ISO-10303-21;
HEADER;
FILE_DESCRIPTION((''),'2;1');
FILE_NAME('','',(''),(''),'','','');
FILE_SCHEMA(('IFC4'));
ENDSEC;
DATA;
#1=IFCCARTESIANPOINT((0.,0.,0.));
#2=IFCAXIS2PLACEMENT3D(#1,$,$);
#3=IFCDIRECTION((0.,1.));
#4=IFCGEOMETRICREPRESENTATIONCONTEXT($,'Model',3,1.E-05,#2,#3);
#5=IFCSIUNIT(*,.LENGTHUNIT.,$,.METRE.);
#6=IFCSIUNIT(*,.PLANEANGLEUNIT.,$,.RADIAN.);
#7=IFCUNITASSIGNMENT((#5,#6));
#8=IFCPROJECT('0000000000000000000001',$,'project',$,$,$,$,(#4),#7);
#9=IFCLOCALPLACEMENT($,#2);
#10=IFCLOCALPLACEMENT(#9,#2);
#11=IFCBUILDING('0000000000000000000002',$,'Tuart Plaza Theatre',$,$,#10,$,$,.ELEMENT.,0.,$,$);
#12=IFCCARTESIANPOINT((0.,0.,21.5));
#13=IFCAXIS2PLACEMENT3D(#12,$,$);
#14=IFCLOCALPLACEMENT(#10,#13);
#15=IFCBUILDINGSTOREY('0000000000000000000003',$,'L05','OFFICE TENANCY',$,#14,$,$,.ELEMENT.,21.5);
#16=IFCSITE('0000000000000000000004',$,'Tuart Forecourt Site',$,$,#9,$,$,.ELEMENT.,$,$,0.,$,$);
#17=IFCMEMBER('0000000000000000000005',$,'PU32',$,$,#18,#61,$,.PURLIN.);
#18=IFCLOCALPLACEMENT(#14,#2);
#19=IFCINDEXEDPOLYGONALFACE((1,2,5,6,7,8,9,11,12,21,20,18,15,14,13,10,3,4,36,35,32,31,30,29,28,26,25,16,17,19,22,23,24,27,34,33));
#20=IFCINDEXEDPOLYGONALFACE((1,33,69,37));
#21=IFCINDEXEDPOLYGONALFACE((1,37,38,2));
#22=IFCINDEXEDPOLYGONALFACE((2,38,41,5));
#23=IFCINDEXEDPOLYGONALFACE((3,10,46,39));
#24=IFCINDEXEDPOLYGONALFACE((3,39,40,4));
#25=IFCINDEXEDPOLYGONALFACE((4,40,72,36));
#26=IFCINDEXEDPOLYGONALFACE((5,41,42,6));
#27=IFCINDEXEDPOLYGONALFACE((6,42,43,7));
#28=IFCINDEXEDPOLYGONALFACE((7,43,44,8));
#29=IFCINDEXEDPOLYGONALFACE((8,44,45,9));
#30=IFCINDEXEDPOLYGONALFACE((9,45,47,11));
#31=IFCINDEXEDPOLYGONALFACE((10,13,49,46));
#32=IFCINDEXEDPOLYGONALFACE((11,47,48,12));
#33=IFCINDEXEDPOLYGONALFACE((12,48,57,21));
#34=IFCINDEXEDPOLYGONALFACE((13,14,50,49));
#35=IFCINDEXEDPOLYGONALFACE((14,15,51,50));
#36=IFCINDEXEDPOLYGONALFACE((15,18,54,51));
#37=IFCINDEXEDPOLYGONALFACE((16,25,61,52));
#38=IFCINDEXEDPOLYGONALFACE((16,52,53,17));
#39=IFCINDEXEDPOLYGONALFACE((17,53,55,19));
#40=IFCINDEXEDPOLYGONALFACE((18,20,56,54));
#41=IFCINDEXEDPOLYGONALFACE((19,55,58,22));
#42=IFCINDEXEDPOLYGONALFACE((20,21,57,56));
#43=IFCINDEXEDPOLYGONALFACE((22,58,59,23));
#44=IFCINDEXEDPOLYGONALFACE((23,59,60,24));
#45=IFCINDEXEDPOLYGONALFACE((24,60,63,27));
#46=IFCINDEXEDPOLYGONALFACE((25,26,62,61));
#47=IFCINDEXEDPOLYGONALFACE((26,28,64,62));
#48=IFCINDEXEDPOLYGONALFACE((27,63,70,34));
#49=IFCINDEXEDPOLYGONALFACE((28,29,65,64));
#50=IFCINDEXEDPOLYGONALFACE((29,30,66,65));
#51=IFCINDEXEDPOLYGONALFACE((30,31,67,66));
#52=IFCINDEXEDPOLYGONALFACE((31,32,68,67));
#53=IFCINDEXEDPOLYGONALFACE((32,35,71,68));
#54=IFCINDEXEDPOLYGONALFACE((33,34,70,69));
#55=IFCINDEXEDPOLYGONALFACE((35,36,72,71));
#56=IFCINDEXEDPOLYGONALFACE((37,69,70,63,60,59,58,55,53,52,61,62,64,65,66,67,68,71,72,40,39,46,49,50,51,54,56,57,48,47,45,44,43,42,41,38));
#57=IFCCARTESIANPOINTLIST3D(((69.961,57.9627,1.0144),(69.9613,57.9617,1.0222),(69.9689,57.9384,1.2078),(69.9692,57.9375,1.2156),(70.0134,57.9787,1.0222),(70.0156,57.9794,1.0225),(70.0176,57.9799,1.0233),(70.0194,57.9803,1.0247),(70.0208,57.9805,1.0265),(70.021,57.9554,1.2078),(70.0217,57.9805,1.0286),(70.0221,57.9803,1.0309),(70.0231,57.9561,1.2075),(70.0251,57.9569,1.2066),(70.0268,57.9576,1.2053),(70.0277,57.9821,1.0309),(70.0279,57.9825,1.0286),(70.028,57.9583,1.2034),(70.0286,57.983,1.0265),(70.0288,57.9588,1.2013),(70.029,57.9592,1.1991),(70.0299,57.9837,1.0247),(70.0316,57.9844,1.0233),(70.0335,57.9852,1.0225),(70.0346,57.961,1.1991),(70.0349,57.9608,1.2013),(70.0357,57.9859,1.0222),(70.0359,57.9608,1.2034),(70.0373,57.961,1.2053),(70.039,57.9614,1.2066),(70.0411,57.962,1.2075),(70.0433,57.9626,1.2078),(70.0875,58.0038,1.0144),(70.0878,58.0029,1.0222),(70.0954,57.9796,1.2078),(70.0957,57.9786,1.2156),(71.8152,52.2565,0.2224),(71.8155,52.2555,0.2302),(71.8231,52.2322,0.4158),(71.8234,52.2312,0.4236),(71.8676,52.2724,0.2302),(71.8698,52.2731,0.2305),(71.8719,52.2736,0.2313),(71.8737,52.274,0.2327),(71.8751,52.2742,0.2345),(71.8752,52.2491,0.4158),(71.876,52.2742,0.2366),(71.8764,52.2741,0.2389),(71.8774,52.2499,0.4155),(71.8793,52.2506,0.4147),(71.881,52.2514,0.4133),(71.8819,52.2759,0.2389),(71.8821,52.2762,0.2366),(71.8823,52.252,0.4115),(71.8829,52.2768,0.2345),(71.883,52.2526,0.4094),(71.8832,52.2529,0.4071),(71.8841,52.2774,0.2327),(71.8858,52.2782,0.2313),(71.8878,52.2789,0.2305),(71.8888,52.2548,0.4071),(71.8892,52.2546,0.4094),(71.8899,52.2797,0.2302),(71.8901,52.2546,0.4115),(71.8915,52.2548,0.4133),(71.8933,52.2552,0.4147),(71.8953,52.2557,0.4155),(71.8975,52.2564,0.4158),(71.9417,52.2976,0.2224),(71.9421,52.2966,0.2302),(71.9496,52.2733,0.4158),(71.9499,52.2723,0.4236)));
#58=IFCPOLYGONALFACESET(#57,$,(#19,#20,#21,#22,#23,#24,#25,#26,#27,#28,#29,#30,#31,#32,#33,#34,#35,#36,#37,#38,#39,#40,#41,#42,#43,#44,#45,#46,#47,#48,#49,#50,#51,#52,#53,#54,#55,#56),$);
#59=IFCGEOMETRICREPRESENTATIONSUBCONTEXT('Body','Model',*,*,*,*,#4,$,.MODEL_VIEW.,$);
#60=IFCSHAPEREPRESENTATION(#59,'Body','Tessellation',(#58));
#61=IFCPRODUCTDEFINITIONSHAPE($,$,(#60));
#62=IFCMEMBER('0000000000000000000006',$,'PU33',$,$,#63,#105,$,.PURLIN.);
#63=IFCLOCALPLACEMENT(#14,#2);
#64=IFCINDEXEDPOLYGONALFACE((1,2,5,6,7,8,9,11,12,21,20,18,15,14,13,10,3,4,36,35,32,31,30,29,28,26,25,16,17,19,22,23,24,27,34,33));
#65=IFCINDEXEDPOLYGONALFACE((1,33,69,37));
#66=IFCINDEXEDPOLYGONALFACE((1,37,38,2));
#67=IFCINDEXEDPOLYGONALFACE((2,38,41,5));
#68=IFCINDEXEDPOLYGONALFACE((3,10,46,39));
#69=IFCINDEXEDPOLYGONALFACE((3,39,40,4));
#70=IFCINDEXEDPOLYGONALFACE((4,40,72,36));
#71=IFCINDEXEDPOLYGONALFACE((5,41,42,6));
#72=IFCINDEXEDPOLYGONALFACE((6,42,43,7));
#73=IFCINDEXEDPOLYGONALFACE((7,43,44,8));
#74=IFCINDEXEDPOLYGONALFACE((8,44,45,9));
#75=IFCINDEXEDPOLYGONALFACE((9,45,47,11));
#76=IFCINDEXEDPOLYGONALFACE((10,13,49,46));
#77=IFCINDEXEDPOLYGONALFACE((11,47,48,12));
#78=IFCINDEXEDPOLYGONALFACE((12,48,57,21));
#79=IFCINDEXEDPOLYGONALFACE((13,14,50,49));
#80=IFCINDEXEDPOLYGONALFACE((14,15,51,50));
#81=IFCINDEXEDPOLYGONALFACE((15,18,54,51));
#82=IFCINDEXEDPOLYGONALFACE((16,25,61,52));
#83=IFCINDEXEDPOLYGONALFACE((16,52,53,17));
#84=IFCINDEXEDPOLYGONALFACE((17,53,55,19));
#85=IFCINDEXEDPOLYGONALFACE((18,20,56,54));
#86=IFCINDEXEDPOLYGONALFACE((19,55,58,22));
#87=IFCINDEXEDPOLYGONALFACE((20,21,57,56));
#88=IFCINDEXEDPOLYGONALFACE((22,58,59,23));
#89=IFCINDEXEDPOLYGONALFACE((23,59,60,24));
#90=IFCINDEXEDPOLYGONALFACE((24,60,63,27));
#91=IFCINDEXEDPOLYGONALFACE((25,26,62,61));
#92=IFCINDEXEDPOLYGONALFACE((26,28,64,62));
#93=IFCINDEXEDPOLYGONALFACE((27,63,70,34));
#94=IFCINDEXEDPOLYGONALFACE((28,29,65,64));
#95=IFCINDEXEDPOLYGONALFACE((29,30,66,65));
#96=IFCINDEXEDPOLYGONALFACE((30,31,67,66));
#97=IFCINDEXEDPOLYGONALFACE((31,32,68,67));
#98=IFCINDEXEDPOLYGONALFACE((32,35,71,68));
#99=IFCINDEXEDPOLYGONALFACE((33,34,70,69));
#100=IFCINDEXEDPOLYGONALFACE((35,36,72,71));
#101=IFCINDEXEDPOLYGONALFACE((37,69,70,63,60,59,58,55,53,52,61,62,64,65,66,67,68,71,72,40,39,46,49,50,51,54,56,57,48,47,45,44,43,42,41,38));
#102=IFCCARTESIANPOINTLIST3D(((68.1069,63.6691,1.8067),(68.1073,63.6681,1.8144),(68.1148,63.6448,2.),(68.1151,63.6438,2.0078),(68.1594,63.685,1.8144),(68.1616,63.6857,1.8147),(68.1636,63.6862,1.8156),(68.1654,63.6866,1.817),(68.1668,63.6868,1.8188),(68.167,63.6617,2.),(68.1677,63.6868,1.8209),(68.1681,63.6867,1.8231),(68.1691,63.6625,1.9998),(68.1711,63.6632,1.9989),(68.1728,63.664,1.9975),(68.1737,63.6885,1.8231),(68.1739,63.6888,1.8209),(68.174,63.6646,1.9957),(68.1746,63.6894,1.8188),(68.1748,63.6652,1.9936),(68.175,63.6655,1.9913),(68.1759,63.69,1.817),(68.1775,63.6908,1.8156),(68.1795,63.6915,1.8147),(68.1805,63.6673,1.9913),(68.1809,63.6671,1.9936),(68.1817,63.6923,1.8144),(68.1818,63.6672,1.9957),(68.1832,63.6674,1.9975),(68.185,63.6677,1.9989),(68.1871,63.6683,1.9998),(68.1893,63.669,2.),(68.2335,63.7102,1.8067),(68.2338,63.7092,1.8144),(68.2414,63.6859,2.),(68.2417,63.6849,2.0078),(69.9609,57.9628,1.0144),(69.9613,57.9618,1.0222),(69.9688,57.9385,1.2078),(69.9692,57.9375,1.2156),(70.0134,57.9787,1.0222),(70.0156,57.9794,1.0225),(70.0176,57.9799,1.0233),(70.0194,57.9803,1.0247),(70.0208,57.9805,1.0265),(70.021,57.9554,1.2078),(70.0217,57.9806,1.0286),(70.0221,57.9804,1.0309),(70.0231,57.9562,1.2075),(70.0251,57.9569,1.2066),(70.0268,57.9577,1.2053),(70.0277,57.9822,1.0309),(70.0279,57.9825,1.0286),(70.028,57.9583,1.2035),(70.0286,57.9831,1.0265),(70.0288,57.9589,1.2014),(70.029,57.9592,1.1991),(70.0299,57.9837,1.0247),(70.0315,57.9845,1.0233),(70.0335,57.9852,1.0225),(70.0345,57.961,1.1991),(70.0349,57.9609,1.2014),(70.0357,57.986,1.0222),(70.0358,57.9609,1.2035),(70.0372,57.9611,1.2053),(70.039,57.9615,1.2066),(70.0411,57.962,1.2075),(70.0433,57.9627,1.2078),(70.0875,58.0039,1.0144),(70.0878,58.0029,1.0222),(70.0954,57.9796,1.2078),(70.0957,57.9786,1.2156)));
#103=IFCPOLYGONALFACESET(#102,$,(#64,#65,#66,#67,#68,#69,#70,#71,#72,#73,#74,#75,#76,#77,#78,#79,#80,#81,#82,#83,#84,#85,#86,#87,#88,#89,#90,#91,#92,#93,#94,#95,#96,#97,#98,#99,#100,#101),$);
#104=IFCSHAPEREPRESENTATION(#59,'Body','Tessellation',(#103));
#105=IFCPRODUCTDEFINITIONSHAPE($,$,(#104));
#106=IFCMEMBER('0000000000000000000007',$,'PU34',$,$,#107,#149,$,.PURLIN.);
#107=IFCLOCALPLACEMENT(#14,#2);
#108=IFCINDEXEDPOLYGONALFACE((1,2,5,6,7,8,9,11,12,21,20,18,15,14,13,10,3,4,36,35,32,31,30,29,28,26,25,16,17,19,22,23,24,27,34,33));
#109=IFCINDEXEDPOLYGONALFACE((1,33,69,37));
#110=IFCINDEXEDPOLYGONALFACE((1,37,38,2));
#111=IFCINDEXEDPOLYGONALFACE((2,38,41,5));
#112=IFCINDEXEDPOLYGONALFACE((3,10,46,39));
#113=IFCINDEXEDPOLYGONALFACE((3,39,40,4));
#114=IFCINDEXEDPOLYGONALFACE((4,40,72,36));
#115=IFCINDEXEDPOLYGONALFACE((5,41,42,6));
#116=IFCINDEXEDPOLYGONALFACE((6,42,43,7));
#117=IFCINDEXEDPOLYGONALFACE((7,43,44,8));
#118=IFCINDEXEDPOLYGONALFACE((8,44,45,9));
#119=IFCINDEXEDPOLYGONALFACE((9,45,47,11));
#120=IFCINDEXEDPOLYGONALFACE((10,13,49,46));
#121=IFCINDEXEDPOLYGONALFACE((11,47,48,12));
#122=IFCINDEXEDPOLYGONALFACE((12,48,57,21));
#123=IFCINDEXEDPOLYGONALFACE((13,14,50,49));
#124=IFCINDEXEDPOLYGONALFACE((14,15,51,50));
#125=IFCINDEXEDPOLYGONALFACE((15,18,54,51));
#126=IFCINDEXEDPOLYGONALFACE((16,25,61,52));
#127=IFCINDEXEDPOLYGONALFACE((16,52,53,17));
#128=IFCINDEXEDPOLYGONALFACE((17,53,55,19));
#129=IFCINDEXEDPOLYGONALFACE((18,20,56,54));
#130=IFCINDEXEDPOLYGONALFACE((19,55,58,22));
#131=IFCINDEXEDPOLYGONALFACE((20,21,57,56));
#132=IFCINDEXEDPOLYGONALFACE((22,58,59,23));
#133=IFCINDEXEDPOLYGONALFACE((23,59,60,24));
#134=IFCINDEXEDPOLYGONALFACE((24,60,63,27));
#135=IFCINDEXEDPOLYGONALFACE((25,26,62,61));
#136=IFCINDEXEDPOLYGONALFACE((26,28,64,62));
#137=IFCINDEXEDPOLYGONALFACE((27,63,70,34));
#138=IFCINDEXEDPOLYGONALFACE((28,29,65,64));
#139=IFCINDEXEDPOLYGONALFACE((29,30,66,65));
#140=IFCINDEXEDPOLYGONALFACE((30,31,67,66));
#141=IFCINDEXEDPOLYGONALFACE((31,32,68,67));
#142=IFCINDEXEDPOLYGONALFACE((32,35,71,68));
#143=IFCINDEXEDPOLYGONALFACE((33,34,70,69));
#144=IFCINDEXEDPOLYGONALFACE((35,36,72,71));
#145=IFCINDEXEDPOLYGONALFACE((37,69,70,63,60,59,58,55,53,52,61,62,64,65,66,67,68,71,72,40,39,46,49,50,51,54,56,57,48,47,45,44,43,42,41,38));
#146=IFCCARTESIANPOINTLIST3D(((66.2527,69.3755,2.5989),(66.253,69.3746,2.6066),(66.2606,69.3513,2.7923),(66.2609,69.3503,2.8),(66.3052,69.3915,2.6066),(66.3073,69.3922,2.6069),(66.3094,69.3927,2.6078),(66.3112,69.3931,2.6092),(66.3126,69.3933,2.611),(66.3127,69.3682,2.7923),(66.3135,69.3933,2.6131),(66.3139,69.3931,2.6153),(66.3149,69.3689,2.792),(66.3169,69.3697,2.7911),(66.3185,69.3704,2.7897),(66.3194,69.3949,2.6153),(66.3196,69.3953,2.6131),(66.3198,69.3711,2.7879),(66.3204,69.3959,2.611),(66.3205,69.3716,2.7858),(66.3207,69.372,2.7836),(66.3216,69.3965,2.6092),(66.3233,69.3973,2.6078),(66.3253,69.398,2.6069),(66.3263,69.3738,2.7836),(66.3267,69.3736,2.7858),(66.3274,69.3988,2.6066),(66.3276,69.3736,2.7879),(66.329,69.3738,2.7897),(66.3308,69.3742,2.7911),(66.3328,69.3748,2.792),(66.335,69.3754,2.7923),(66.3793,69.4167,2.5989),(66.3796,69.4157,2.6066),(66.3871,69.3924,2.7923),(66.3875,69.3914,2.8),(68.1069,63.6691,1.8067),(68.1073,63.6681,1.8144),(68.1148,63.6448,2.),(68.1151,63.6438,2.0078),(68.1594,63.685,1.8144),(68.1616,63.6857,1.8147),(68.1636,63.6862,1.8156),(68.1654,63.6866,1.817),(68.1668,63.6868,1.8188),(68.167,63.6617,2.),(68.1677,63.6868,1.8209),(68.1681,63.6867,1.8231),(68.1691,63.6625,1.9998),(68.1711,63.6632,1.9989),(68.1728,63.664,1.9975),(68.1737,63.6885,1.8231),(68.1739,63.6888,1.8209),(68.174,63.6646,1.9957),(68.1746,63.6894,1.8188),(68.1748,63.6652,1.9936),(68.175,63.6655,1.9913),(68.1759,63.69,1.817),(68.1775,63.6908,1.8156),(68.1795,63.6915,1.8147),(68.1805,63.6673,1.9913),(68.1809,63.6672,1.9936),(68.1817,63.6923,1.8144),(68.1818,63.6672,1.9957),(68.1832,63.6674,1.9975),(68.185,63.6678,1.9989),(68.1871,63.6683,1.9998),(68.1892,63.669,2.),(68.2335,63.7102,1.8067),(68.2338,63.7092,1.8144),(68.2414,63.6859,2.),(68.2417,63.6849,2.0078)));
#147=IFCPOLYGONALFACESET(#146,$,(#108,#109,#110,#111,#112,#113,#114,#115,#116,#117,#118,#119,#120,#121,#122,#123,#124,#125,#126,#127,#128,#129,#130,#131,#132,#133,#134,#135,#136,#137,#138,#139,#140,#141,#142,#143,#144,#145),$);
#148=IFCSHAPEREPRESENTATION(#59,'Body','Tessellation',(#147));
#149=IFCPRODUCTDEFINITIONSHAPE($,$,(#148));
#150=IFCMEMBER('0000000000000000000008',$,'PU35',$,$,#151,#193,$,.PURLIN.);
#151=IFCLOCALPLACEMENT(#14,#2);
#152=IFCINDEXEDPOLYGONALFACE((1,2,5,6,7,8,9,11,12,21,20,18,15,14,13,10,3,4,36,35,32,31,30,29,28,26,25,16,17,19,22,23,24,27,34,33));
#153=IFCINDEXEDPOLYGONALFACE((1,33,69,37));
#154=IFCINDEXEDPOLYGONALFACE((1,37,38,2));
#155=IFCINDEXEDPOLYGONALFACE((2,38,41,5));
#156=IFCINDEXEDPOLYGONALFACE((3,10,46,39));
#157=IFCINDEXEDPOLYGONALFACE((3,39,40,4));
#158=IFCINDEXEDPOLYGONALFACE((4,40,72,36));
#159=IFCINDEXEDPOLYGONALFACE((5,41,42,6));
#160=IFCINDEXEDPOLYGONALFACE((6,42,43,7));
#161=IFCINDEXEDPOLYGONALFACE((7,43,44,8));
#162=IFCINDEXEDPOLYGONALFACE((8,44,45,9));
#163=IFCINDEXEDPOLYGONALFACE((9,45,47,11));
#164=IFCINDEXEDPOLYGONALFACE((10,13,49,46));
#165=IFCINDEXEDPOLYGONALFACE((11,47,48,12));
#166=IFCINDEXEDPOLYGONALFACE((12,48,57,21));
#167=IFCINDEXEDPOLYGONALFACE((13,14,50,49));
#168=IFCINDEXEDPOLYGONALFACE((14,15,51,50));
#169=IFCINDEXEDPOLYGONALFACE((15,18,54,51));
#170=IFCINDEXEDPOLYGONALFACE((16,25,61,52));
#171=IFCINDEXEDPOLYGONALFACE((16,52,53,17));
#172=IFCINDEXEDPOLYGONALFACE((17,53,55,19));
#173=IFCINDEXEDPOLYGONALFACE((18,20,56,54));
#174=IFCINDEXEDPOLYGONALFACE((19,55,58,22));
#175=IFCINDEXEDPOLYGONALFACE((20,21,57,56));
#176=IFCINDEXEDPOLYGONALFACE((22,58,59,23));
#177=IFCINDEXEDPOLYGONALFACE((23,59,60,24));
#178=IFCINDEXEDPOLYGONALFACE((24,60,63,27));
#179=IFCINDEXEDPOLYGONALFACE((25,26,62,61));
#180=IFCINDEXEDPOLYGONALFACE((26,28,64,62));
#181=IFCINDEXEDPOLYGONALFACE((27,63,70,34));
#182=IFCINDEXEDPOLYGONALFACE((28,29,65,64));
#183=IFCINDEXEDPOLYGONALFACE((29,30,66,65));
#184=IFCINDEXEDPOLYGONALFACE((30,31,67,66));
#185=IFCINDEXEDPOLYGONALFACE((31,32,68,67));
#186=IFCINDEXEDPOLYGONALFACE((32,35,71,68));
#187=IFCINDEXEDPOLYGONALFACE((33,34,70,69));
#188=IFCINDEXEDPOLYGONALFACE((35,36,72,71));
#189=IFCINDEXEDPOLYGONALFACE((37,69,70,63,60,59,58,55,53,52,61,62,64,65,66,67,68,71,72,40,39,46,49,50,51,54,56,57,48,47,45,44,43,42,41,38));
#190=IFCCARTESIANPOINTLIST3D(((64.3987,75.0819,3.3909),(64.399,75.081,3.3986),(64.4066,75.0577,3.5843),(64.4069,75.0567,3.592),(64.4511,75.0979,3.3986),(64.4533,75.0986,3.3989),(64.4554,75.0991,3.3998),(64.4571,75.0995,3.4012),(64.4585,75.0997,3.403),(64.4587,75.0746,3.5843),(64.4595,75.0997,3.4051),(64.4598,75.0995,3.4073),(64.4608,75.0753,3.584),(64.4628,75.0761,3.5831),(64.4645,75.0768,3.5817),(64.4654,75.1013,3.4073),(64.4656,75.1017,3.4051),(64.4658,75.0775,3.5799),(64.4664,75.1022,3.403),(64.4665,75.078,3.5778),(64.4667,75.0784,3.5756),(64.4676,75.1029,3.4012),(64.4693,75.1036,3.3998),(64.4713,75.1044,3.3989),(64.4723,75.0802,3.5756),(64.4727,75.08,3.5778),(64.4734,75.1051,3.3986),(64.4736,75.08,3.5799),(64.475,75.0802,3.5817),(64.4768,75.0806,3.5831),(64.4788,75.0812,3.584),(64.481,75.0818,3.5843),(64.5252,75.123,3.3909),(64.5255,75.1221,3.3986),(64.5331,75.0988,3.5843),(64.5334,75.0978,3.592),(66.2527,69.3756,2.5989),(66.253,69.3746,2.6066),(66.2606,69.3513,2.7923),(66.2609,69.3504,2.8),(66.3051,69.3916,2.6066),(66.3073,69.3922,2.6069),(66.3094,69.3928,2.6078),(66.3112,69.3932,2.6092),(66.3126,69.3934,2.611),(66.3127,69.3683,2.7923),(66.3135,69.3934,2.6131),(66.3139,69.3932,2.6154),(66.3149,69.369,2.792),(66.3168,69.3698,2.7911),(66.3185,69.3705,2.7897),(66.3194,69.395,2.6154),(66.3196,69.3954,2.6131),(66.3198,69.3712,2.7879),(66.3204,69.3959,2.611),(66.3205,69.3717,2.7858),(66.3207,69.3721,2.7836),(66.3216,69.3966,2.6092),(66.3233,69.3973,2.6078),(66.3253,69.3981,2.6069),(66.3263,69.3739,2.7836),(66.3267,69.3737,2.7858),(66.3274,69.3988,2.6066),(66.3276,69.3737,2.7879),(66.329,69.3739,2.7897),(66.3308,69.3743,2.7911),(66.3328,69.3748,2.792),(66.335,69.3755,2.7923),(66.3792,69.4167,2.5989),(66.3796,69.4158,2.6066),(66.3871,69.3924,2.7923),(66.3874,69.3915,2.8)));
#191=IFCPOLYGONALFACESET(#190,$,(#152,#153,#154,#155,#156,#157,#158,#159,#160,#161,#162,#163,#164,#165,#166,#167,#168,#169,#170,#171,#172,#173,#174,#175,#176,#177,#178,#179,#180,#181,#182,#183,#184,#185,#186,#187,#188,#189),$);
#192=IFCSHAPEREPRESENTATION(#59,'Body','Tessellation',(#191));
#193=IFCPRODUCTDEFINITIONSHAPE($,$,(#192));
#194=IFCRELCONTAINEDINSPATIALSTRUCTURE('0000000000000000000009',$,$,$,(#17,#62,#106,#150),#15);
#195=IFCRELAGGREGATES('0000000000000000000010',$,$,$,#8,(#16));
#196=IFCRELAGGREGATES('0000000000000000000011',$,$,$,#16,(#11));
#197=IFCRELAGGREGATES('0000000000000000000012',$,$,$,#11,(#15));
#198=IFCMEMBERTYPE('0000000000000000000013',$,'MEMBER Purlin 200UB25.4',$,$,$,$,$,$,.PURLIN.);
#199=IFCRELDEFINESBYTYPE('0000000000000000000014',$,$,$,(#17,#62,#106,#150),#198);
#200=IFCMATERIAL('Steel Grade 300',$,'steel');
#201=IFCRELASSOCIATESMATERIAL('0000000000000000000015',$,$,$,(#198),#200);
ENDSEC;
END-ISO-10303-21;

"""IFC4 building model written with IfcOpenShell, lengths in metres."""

from ifc_helpers import new_model, si_unit, direction, frame, origin, origin_2d, place, context, subcontext, project, spatial, i_section, extrude, material, material_profile, profile_set, type_object, element, save


model = new_model("IFC4")

# Units and contexts
model_context = context("Model", 3, precision=1e-05, world=origin(), true_north=direction((0.0, 1.0)))
body_context = subcontext(model_context, "Body", "Model", "MODEL_VIEW")
ifc_project = project(units=[si_unit("LENGTHUNIT", "METRE"), si_unit("PLANEANGLEUNIT", "RADIAN")], contexts=[model_context])

# Site, building, storey
site_placement = place(None, origin())
site = spatial("IfcSite", under=ifc_project, at=site_placement, Name="Tuart Forecourt Site", CompositionType="ELEMENT", RefElevation=0.0)
building_placement = place(site_placement, origin())
building = spatial("IfcBuilding", under=site, at=building_placement, Name="Tuart Plaza Theatre", CompositionType="ELEMENT", ElevationOfRefHeight=0.0)
storey_placement = place(building_placement, frame((0.0, 0.0, 21.5)))
storey = spatial("IfcBuildingStorey", under=building, at=storey_placement, Name="L05", Description="OFFICE TENANCY", CompositionType="ELEMENT", Elevation=21.5)

# Members
ifc_material_1 = material(Name="Steel Grade 300", Category="steel")
ifc_material_profile_1 = material_profile(ifc_material_1, i_section(OverallWidth=0.1331, OverallDepth=0.2029, WebThickness=0.0059, FlangeThickness=0.0078, FilletRadius=0.0088, at=origin_2d()), Name="200UB25.4")
ifc_profile_set_1 = profile_set([ifc_material_profile_1], Name="Steel Grade 300")
member_type_1 = type_object("IfcMemberType", Name="MEMBER Purlin 200UB25.4", PredefinedType="PURLIN", material=ifc_profile_set_1)
for number, where, z_axis, x_axis, name in (
    (1, (71.8826, 52.2644, 0.323), (-0.306383, 0.94287, 0.130863), (-0.951049, -0.309041, 0.0), "PU32"),
    (2, (70.0283, 57.9707, 1.115), (-0.306345, 0.942877, 0.130905), (-0.951061, -0.309004, 0.0), "PU33"),
):
    element("IfcMember", number, at=place(storey_placement, frame(where, z_axis=z_axis, x_axis=x_axis)), inside=storey, type_object=member_type_1, Name=name, PredefinedType="PURLIN", context=body_context, shape_type="SweptSolid", body=[
        extrude(i_section(OverallWidth=0.1331, OverallDepth=0.2029, WebThickness=0.0059, FlangeThickness=0.0078, FilletRadius=0.0088, at=origin_2d()), origin(), (0.0, 0.0, 1.0), 6.052),
    ])
member_1_placement = place(storey_placement, frame((68.1743, 63.677, 1.9072), z_axis=(-0.30637, 0.94287, 0.130898), x_axis=(-0.951053, -0.309029, 0.0)))
element("IfcMember", 3, at=member_1_placement, inside=storey, type_object=member_type_1, Name="PU34", PredefinedType="PURLIN", context=body_context, shape_type="SweptSolid", body=[
    extrude(i_section(OverallWidth=0.1331, OverallDepth=0.2029, WebThickness=0.0059, FlangeThickness=0.0078, FilletRadius=0.0088, at=origin_2d()), origin(), (0.0, 0.0, 1.0), 6.0522),
])
for number, where, z_axis, x_axis, name in (
    (4, (66.3201, 69.3835, 2.6995), (-0.306347, 0.942882, 0.130865), (-0.951061, -0.309004, 0.0), "PU35"),
):
    element("IfcMember", number, at=place(storey_placement, frame(where, z_axis=z_axis, x_axis=x_axis)), inside=storey, type_object=member_type_1, Name=name, PredefinedType="PURLIN", context=body_context, shape_type="SweptSolid", body=[
        extrude(i_section(OverallWidth=0.1331, OverallDepth=0.2029, WebThickness=0.0059, FlangeThickness=0.0078, FilletRadius=0.0088, at=origin_2d()), origin(), (0.0, 0.0, 1.0), 6.052),
    ])

save(model, "model.ifc")
